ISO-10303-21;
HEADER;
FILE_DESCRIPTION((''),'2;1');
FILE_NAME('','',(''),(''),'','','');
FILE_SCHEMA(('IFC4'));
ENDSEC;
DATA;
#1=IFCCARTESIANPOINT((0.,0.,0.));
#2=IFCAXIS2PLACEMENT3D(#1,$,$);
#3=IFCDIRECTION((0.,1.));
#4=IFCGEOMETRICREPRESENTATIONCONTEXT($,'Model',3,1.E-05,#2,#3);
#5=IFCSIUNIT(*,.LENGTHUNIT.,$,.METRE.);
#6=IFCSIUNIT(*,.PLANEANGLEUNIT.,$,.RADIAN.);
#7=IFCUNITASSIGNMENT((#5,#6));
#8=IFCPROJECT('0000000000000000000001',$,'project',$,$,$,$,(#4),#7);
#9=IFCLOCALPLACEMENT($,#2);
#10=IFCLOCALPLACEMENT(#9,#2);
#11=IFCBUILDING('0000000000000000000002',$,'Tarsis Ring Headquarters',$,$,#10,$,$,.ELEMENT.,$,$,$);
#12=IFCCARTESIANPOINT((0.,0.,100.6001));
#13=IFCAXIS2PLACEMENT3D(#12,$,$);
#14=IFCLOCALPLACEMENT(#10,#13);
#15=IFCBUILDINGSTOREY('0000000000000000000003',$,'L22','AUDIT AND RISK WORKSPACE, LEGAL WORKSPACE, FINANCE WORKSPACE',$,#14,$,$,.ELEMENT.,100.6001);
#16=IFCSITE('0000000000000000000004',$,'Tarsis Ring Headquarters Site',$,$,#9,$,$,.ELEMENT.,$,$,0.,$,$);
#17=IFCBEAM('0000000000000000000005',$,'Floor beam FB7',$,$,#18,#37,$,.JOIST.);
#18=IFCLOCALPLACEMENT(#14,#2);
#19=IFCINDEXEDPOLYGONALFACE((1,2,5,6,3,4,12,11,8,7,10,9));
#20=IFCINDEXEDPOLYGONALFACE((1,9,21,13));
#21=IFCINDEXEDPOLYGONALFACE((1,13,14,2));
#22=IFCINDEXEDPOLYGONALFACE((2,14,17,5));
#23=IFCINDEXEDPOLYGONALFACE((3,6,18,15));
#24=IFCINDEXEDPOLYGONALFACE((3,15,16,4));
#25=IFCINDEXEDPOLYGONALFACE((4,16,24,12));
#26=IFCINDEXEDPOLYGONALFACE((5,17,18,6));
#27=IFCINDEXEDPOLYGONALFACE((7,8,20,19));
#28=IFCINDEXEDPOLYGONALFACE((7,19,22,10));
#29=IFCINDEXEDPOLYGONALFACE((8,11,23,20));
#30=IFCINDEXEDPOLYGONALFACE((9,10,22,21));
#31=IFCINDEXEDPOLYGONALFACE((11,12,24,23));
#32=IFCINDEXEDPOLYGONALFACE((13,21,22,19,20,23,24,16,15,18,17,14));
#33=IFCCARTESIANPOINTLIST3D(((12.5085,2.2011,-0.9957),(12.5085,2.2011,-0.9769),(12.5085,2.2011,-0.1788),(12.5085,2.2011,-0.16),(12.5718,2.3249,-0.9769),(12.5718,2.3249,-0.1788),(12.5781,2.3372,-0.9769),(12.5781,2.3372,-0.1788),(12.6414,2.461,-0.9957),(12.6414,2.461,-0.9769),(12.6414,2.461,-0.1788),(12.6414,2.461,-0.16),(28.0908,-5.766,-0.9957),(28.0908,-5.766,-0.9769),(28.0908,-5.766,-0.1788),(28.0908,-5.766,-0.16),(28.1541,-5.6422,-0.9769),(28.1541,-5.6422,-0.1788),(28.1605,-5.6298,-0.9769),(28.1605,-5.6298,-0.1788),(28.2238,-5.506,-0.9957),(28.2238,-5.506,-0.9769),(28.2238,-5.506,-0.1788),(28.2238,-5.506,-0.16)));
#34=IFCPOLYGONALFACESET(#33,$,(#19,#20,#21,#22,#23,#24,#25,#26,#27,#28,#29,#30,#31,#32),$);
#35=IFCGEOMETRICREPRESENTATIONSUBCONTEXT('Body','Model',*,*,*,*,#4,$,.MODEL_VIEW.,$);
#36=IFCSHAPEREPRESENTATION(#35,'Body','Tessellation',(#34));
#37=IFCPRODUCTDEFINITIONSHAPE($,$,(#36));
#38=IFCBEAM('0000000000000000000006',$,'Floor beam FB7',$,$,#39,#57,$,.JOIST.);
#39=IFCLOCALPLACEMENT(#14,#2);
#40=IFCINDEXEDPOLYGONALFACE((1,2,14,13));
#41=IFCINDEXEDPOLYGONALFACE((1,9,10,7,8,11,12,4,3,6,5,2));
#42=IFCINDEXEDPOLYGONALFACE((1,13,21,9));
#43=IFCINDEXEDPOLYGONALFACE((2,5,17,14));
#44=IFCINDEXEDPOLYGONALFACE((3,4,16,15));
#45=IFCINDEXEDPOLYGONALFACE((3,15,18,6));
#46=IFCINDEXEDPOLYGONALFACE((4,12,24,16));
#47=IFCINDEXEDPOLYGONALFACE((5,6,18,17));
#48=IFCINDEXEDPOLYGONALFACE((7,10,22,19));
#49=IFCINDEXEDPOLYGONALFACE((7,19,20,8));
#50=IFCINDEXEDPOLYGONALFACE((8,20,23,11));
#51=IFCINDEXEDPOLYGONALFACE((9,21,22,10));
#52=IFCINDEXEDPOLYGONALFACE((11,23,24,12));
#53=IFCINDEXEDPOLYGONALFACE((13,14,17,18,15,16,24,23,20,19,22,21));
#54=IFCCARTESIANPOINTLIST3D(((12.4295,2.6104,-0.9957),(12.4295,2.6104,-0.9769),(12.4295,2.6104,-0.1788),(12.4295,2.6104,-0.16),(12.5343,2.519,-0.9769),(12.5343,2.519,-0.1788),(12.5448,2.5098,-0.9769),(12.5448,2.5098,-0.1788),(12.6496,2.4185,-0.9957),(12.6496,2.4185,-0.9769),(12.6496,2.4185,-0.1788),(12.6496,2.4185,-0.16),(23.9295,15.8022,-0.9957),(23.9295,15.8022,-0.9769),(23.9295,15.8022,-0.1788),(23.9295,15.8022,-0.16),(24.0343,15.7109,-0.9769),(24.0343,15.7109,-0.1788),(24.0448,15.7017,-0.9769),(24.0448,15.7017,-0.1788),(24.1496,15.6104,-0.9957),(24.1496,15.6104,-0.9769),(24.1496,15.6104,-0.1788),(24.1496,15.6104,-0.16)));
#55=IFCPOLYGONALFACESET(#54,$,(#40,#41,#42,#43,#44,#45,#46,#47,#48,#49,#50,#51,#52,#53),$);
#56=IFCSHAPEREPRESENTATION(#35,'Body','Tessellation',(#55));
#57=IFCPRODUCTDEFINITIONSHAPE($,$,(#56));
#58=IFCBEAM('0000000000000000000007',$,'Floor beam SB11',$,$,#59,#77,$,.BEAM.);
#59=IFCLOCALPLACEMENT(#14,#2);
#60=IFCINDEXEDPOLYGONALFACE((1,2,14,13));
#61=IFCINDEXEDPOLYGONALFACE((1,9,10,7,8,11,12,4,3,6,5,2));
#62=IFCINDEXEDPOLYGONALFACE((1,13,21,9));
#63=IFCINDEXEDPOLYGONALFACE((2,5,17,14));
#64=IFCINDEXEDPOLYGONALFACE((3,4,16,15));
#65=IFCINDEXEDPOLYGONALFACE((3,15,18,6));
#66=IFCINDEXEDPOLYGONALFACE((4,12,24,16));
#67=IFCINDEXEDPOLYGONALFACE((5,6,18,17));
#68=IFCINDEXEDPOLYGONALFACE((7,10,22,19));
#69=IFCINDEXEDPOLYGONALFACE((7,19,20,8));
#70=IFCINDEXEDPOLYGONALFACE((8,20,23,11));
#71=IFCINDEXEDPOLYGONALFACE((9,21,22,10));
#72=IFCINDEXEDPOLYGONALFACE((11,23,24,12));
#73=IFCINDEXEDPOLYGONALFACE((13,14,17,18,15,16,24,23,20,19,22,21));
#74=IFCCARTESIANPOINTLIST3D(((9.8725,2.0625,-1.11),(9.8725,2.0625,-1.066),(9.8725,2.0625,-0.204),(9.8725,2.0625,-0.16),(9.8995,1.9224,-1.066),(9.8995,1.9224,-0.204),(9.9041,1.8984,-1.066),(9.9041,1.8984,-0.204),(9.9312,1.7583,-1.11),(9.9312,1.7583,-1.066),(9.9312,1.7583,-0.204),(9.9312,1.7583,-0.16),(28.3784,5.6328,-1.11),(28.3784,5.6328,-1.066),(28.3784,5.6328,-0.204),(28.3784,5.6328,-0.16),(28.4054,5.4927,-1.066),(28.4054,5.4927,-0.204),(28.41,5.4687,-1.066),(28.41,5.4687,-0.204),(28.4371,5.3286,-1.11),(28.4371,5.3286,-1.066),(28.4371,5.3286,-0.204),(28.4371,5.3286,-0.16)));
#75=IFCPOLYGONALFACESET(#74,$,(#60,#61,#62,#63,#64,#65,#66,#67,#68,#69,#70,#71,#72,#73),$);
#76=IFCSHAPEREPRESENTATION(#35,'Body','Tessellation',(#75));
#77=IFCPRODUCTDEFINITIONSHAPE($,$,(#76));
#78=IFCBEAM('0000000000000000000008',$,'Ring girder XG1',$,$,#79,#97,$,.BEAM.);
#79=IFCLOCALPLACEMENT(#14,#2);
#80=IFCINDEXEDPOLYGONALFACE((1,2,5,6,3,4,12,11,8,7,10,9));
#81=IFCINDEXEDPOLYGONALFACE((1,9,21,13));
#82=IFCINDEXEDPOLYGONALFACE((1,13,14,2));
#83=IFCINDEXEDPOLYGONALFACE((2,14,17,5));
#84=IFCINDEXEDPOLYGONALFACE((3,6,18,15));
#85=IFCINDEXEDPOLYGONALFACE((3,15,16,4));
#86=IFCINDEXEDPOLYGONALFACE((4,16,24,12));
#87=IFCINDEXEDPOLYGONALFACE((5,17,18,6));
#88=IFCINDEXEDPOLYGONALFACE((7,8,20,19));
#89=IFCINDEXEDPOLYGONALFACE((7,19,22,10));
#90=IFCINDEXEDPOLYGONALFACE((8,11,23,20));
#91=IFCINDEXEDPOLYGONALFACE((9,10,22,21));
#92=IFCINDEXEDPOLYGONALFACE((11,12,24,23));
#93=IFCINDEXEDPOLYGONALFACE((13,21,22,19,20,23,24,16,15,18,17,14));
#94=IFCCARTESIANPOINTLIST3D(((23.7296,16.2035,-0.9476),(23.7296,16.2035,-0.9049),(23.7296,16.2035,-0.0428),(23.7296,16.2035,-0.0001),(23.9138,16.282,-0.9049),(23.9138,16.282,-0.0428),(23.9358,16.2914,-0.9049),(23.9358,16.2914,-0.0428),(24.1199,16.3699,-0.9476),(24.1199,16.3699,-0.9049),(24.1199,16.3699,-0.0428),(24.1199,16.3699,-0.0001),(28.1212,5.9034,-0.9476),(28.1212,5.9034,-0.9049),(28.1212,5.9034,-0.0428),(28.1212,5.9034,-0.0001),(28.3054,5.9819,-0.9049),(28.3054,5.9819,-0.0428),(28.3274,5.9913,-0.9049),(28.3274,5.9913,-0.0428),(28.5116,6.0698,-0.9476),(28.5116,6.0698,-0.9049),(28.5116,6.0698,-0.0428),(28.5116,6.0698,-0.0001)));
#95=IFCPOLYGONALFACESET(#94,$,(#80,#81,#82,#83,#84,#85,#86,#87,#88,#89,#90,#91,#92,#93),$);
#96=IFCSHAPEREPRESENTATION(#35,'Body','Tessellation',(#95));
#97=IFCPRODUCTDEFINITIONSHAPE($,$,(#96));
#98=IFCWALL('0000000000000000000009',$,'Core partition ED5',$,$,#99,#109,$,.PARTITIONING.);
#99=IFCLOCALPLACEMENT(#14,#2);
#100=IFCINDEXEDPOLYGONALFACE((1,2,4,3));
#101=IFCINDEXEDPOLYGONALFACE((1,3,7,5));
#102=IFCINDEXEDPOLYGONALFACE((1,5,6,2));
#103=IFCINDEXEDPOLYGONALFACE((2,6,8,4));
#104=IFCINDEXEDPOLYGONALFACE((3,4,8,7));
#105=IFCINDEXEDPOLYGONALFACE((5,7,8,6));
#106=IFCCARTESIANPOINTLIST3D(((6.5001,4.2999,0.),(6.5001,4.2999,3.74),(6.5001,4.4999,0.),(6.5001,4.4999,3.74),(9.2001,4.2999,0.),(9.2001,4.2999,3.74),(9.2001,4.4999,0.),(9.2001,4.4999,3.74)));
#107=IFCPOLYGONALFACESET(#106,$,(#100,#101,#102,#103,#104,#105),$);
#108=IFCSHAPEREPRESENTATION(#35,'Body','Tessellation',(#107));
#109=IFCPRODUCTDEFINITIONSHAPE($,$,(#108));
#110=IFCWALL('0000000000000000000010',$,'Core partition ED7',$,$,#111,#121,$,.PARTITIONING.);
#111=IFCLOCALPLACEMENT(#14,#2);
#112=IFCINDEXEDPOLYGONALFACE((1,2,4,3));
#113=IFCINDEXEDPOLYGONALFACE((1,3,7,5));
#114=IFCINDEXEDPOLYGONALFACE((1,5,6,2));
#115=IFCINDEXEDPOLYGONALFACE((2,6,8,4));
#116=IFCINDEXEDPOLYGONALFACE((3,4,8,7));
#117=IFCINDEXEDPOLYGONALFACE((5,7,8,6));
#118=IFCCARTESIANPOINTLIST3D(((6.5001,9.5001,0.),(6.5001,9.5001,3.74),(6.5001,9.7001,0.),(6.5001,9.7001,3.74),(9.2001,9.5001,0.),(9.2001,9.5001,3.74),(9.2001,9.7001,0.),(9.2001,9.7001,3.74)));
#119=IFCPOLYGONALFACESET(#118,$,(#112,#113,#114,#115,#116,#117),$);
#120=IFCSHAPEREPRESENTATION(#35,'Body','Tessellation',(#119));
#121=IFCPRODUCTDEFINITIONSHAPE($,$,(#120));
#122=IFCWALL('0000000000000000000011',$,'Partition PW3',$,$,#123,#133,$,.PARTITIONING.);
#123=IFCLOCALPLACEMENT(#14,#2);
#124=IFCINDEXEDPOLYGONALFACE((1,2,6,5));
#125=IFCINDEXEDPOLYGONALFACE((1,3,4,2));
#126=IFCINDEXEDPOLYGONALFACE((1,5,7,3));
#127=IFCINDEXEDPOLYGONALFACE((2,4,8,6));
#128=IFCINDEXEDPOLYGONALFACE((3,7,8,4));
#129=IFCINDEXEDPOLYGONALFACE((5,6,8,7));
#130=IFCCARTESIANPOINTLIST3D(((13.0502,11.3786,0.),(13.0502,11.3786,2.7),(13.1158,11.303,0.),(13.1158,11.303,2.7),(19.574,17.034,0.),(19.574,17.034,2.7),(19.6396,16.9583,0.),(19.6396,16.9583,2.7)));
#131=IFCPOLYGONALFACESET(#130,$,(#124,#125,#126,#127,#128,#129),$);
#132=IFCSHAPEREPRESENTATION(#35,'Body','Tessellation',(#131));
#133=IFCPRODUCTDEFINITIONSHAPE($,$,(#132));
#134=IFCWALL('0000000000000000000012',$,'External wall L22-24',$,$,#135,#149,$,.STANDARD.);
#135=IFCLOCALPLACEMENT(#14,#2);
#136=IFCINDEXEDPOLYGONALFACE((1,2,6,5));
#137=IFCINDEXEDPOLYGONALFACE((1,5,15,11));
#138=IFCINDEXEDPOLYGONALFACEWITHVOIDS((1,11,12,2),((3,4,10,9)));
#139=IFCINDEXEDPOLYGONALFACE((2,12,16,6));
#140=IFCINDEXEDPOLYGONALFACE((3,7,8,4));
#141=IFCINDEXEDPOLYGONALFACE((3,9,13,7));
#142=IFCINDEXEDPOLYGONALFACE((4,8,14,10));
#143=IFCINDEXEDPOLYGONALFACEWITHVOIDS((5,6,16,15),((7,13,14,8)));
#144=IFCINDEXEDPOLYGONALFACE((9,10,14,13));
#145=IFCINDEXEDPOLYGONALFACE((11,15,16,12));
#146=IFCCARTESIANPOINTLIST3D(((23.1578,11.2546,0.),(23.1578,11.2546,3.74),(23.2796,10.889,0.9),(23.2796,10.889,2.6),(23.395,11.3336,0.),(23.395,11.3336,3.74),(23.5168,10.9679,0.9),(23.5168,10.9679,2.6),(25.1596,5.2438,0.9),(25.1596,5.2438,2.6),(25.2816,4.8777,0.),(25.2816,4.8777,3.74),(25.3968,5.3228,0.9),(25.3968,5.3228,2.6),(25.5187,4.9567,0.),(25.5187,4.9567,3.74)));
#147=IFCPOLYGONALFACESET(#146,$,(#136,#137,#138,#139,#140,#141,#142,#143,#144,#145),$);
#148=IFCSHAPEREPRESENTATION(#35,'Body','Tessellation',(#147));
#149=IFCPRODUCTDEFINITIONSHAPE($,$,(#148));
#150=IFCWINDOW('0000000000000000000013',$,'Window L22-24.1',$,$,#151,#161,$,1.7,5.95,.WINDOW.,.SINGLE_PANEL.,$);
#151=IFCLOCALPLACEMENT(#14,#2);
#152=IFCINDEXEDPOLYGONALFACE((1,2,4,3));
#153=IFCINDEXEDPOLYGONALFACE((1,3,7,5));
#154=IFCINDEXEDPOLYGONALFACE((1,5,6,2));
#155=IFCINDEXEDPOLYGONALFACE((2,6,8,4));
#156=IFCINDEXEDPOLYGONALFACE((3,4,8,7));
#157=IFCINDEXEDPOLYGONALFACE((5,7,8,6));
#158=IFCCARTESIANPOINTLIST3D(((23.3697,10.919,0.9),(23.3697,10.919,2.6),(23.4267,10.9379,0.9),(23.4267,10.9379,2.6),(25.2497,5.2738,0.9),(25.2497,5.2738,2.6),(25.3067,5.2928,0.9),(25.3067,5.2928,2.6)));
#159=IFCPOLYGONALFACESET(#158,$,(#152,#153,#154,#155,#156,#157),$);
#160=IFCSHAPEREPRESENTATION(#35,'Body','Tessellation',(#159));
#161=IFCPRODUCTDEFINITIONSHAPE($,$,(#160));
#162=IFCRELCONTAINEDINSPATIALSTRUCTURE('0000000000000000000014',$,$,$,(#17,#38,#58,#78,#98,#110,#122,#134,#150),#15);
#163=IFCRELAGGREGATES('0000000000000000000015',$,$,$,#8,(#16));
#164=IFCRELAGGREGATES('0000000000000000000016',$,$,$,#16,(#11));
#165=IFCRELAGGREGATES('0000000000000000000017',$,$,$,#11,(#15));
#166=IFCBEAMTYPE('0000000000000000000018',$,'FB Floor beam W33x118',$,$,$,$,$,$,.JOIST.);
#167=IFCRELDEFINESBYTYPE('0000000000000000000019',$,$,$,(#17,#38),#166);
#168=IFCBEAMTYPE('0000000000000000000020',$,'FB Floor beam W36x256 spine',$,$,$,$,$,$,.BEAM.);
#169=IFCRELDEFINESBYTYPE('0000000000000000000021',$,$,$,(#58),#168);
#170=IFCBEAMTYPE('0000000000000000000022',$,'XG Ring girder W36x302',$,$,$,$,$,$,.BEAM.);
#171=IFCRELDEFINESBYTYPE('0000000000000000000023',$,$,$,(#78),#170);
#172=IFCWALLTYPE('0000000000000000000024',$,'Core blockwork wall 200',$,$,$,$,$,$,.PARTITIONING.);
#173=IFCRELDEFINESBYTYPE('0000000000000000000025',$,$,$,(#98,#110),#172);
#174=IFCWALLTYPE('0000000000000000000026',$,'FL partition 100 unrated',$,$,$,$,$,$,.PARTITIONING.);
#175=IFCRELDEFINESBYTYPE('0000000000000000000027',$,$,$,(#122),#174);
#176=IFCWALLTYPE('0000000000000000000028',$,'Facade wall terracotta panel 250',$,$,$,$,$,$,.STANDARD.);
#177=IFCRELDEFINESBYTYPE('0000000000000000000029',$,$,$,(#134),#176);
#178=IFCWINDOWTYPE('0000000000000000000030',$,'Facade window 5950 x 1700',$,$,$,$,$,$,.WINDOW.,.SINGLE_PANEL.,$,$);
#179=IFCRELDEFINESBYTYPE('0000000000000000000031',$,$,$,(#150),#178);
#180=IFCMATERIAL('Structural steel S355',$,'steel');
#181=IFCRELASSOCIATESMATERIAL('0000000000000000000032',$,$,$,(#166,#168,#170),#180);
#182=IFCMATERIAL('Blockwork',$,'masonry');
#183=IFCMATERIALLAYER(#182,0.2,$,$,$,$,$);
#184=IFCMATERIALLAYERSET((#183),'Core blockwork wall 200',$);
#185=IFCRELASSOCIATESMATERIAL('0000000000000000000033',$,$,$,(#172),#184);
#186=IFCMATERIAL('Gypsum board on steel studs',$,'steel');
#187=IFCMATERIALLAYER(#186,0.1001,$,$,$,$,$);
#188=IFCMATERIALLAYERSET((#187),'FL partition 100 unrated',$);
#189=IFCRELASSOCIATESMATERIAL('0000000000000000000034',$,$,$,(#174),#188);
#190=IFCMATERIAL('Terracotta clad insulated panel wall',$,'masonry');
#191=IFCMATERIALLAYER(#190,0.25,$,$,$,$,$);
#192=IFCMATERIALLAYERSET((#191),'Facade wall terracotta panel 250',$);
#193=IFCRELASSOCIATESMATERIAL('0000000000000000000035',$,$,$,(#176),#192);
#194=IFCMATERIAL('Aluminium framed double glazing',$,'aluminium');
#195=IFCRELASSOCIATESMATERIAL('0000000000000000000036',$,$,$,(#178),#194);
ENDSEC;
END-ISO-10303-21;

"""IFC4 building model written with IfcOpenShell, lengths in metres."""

from ifc_helpers import new_model, si_unit, direction, frame, frame_2d, origin, origin_2d, place, context, subcontext, project, spatial, rectangle, i_section, extrude, material, layer, layer_set, material_profile, profile_set, type_object, element, fill, save


model = new_model("IFC4")

# Units and contexts
model_context = context("Model", 3, precision=1e-05, world=origin(), true_north=direction((0.0, 1.0)))
body_context = subcontext(model_context, "Body", "Model", "MODEL_VIEW")
ifc_project = project(units=[si_unit("LENGTHUNIT", "METRE"), si_unit("PLANEANGLEUNIT", "RADIAN")], contexts=[model_context])

# Site, building, storey
site_placement = place(None, origin())
site = spatial("IfcSite", under=ifc_project, at=site_placement, Name="Tarsis Ring Headquarters Site", CompositionType="ELEMENT", RefElevation=0.0)
building_placement = place(site_placement, origin())
building = spatial("IfcBuilding", under=site, at=building_placement, Name="Tarsis Ring Headquarters", CompositionType="ELEMENT")
storey_placement = place(building_placement, frame((0.0, 0.0, 100.6001)))
storey = spatial("IfcBuildingStorey", under=building, at=storey_placement, Name="L22", Description="AUDIT AND RISK WORKSPACE, LEGAL WORKSPACE, FINANCE WORKSPACE", CompositionType="ELEMENT", Elevation=100.6001)

# Shared definitions
ifc_material_1 = material(Name="Structural steel S355", Category="steel")

# Beams
ifc_material_profile_1 = material_profile(ifc_material_1, i_section(OverallWidth=0.292, OverallDepth=0.8357, WebThickness=0.0139, FlangeThickness=0.0188, at=origin_2d()), Name="W33x118")
ifc_profile_set_1 = profile_set([ifc_material_profile_1], Name="Structural steel S355")
beam_type_1 = type_object("IfcBeamType", Name="FB Floor beam W33x118", PredefinedType="JOIST", material=ifc_profile_set_1)
beam_1_placement = place(storey_placement, frame((12.575, 2.3311, -0.5779), z_axis=(0.890371, -0.455236, 0.0), x_axis=(0.455236, 0.890371, 0.0)))
element("IfcBeam", 1, at=beam_1_placement, inside=storey, type_object=beam_type_1, Name="Floor beam FB7", PredefinedType="JOIST", context=body_context, shape_type="SweptSolid", body=[
    extrude(i_section(OverallWidth=0.292, OverallDepth=0.8357, WebThickness=0.0139, FlangeThickness=0.0188, at=origin_2d()), origin(), (0.0, 0.0, 1.0), 17.501),
])
beam_2_placement = place(storey_placement, frame((24.0396, 15.7063, -0.5779), z_axis=(-0.657115, -0.75379, 0.0), x_axis=(0.75379, -0.657115, 0.0)))
element("IfcBeam", 2, at=beam_2_placement, inside=storey, type_object=beam_type_1, Name="Floor beam FB7", PredefinedType="JOIST", context=body_context, shape_type="SweptSolid", body=[
    extrude(i_section(OverallWidth=0.292, OverallDepth=0.8357, WebThickness=0.0139, FlangeThickness=0.0188, at=origin_2d()), origin(), (0.0, 0.0, 1.0), 17.5007),
])
ifc_material_profile_2 = material_profile(ifc_material_1, i_section(OverallWidth=0.3098, OverallDepth=0.95, WebThickness=0.0244, FlangeThickness=0.0439, at=origin_2d()), Name="W36x256")
ifc_profile_set_2 = profile_set([ifc_material_profile_2], Name="Structural steel S355")
beam_type_2 = type_object("IfcBeamType", Name="FB Floor beam W36x256 spine", PredefinedType="BEAM", material=ifc_profile_set_2)
beam_3_placement = place(storey_placement, frame((28.4077, 5.4807, -0.635), z_axis=(-0.981893, -0.189435, 0.0), x_axis=(0.189435, -0.981893, 0.0)))
element("IfcBeam", 3, at=beam_3_placement, inside=storey, type_object=beam_type_2, Name="Floor beam SB11", PredefinedType="BEAM", context=body_context, shape_type="SweptSolid", body=[
    extrude(i_section(OverallWidth=0.3098, OverallDepth=0.95, WebThickness=0.0244, FlangeThickness=0.0439, at=origin_2d()), origin(), (0.0, 0.0, 1.0), 18.8472),
])
ifc_material_profile_3 = material_profile(ifc_material_1, i_section(OverallWidth=0.4243, OverallDepth=0.9475, WebThickness=0.0239, FlangeThickness=0.0427, at=origin_2d()), Name="W36x302")
ifc_profile_set_3 = profile_set([ifc_material_profile_3], Name="Structural steel S355")
beam_type_3 = type_object("IfcBeamType", Name="XG Ring girder W36x302", PredefinedType="BEAM", material=ifc_profile_set_3)
beam_4_placement = place(storey_placement, frame((28.3164, 5.9866, -0.4739), z_axis=(-0.392206, 0.919878, 0.0), x_axis=(-0.919878, -0.392206, 0.0)))
element("IfcBeam", 4, at=beam_4_placement, inside=storey, type_object=beam_type_3, Name="Ring girder XG1", PredefinedType="BEAM", context=body_context, shape_type="SweptSolid", body=[
    extrude(i_section(OverallWidth=0.4243, OverallDepth=0.9475, WebThickness=0.0239, FlangeThickness=0.0427, at=origin_2d()), origin(), (0.0, 0.0, 1.0), 11.1973),
])

# Walls
ifc_material_2 = material(Name="Blockwork", Category="masonry")
ifc_layer_1 = layer(ifc_material_2, 0.2)
ifc_layer_set_1 = layer_set([ifc_layer_1], Name="Core blockwork wall 200")
wall_type_1 = type_object("IfcWallType", Name="Core blockwork wall 200", PredefinedType="PARTITIONING", material=ifc_layer_set_1)
for number, where, z_axis, x_axis, name in (
    (5, (6.5, 4.3999, 0.0), (0.0, 0.0, 1.0), (1.0, 0.0, 0.0), "Core partition ED5"),
    (6, (6.5, 9.6001, 0.0), (0.0, 0.0, 1.0), (1.0, 0.0, 0.0), "Core partition ED7"),
):
    element("IfcWall", number, at=place(storey_placement, frame(where, z_axis=z_axis, x_axis=x_axis)), inside=storey, type_object=wall_type_1, Name=name, PredefinedType="PARTITIONING", context=body_context, shape_type="SweptSolid", body=[
        extrude(rectangle(XDim=2.7, YDim=0.2, at=frame_2d((1.3501, 0.0))), origin(), (0.0, 0.0, 1.0), 3.74),
    ])
ifc_material_3 = material(Name="Gypsum board on steel studs", Category="steel")
ifc_layer_2 = layer(ifc_material_3, 0.1001)
ifc_layer_set_2 = layer_set([ifc_layer_2], Name="FL partition 100 unrated")
wall_type_2 = type_object("IfcWallType", Name="FL partition 100 unrated", PredefinedType="PARTITIONING", material=ifc_layer_set_2)
wall_1_placement = place(storey_placement, frame((13.083, 11.3408, 0.0), z_axis=(0.0, 0.0, 1.0), x_axis=(0.755608, 0.655024, 0.0)))
element("IfcWall", 7, at=wall_1_placement, inside=storey, type_object=wall_type_2, Name="Partition PW3", PredefinedType="PARTITIONING", context=body_context, shape_type="SweptSolid", body=[
    extrude(rectangle(XDim=8.6338, YDim=0.1001, at=frame_2d((4.3169, 0.0))), origin(), (0.0, 0.0, 1.0), 2.7),
])

# Wall, opening, window
ifc_material_4 = material(Name="Terracotta clad insulated panel wall", Category="masonry")
ifc_layer_3 = layer(ifc_material_4, 0.25)
ifc_layer_set_3 = layer_set([ifc_layer_3], Name="Facade wall terracotta panel 250")
wall_type_3 = type_object("IfcWallType", Name="Facade wall terracotta panel 250", PredefinedType="STANDARD", material=ifc_layer_set_3)
wall_2_placement = place(storey_placement, frame((25.4001, 4.9172, 0.0), z_axis=(0.0, 0.0, 1.0), x_axis=(-0.315977, 0.948767, 0.0)))
wall_2 = element("IfcWall", 8, at=wall_2_placement, inside=storey, type_object=wall_type_3, Name="External wall L22-24", PredefinedType="STANDARD", context=body_context, shape_type="SweptSolid", body=[
    extrude(rectangle(XDim=6.7212, YDim=0.25, at=frame_2d((3.3606, 0.0))), origin(), (0.0, 0.0, 1.0), 3.74),
])
opening_1_placement = place(wall_2_placement, frame((0.3857, 0.0, 0.8999)))
opening_1 = element("IfcOpeningElement", 9, at=opening_1_placement, cuts=wall_2, PredefinedType="OPENING", context=body_context, shape_type="SweptSolid", body=[
    extrude(rectangle(XDim=5.95, YDim=1.7, at=frame_2d((2.9751, 0.8501))), frame((0.0, 0.135, 0.0), z_axis=(0.0, -1.0, 0.0), x_axis=(1.0, 0.0, 0.0)), (0.0, 0.0, 1.0), 0.27),
])
ifc_material_5 = material(Name="Aluminium framed double glazing", Category="aluminium")
window_type = type_object("IfcWindowType", Name="Facade window 5950 x 1700", PartitioningType="SINGLE_PANEL", PredefinedType="WINDOW", material=ifc_material_5)
window_1_placement = place(opening_1_placement, origin())
window_1 = element("IfcWindow", 10, at=window_1_placement, inside=storey, type_object=window_type, Name="Window L22-24.1", OverallHeight=1.7, OverallWidth=5.95, PartitioningType="SINGLE_PANEL", PredefinedType="WINDOW", context=body_context, shape_type="SweptSolid", body=[
    extrude(rectangle(XDim=5.95, YDim=1.7, at=frame_2d((2.9751, 0.8501))), frame((0.0, 0.03, 0.0), z_axis=(0.0, -1.0, 0.0), x_axis=(1.0, 0.0, 0.0)), (0.0, 0.0, 1.0), 0.0601),
])
fill(opening_1, window_1)

save(model, "model.ifc")
